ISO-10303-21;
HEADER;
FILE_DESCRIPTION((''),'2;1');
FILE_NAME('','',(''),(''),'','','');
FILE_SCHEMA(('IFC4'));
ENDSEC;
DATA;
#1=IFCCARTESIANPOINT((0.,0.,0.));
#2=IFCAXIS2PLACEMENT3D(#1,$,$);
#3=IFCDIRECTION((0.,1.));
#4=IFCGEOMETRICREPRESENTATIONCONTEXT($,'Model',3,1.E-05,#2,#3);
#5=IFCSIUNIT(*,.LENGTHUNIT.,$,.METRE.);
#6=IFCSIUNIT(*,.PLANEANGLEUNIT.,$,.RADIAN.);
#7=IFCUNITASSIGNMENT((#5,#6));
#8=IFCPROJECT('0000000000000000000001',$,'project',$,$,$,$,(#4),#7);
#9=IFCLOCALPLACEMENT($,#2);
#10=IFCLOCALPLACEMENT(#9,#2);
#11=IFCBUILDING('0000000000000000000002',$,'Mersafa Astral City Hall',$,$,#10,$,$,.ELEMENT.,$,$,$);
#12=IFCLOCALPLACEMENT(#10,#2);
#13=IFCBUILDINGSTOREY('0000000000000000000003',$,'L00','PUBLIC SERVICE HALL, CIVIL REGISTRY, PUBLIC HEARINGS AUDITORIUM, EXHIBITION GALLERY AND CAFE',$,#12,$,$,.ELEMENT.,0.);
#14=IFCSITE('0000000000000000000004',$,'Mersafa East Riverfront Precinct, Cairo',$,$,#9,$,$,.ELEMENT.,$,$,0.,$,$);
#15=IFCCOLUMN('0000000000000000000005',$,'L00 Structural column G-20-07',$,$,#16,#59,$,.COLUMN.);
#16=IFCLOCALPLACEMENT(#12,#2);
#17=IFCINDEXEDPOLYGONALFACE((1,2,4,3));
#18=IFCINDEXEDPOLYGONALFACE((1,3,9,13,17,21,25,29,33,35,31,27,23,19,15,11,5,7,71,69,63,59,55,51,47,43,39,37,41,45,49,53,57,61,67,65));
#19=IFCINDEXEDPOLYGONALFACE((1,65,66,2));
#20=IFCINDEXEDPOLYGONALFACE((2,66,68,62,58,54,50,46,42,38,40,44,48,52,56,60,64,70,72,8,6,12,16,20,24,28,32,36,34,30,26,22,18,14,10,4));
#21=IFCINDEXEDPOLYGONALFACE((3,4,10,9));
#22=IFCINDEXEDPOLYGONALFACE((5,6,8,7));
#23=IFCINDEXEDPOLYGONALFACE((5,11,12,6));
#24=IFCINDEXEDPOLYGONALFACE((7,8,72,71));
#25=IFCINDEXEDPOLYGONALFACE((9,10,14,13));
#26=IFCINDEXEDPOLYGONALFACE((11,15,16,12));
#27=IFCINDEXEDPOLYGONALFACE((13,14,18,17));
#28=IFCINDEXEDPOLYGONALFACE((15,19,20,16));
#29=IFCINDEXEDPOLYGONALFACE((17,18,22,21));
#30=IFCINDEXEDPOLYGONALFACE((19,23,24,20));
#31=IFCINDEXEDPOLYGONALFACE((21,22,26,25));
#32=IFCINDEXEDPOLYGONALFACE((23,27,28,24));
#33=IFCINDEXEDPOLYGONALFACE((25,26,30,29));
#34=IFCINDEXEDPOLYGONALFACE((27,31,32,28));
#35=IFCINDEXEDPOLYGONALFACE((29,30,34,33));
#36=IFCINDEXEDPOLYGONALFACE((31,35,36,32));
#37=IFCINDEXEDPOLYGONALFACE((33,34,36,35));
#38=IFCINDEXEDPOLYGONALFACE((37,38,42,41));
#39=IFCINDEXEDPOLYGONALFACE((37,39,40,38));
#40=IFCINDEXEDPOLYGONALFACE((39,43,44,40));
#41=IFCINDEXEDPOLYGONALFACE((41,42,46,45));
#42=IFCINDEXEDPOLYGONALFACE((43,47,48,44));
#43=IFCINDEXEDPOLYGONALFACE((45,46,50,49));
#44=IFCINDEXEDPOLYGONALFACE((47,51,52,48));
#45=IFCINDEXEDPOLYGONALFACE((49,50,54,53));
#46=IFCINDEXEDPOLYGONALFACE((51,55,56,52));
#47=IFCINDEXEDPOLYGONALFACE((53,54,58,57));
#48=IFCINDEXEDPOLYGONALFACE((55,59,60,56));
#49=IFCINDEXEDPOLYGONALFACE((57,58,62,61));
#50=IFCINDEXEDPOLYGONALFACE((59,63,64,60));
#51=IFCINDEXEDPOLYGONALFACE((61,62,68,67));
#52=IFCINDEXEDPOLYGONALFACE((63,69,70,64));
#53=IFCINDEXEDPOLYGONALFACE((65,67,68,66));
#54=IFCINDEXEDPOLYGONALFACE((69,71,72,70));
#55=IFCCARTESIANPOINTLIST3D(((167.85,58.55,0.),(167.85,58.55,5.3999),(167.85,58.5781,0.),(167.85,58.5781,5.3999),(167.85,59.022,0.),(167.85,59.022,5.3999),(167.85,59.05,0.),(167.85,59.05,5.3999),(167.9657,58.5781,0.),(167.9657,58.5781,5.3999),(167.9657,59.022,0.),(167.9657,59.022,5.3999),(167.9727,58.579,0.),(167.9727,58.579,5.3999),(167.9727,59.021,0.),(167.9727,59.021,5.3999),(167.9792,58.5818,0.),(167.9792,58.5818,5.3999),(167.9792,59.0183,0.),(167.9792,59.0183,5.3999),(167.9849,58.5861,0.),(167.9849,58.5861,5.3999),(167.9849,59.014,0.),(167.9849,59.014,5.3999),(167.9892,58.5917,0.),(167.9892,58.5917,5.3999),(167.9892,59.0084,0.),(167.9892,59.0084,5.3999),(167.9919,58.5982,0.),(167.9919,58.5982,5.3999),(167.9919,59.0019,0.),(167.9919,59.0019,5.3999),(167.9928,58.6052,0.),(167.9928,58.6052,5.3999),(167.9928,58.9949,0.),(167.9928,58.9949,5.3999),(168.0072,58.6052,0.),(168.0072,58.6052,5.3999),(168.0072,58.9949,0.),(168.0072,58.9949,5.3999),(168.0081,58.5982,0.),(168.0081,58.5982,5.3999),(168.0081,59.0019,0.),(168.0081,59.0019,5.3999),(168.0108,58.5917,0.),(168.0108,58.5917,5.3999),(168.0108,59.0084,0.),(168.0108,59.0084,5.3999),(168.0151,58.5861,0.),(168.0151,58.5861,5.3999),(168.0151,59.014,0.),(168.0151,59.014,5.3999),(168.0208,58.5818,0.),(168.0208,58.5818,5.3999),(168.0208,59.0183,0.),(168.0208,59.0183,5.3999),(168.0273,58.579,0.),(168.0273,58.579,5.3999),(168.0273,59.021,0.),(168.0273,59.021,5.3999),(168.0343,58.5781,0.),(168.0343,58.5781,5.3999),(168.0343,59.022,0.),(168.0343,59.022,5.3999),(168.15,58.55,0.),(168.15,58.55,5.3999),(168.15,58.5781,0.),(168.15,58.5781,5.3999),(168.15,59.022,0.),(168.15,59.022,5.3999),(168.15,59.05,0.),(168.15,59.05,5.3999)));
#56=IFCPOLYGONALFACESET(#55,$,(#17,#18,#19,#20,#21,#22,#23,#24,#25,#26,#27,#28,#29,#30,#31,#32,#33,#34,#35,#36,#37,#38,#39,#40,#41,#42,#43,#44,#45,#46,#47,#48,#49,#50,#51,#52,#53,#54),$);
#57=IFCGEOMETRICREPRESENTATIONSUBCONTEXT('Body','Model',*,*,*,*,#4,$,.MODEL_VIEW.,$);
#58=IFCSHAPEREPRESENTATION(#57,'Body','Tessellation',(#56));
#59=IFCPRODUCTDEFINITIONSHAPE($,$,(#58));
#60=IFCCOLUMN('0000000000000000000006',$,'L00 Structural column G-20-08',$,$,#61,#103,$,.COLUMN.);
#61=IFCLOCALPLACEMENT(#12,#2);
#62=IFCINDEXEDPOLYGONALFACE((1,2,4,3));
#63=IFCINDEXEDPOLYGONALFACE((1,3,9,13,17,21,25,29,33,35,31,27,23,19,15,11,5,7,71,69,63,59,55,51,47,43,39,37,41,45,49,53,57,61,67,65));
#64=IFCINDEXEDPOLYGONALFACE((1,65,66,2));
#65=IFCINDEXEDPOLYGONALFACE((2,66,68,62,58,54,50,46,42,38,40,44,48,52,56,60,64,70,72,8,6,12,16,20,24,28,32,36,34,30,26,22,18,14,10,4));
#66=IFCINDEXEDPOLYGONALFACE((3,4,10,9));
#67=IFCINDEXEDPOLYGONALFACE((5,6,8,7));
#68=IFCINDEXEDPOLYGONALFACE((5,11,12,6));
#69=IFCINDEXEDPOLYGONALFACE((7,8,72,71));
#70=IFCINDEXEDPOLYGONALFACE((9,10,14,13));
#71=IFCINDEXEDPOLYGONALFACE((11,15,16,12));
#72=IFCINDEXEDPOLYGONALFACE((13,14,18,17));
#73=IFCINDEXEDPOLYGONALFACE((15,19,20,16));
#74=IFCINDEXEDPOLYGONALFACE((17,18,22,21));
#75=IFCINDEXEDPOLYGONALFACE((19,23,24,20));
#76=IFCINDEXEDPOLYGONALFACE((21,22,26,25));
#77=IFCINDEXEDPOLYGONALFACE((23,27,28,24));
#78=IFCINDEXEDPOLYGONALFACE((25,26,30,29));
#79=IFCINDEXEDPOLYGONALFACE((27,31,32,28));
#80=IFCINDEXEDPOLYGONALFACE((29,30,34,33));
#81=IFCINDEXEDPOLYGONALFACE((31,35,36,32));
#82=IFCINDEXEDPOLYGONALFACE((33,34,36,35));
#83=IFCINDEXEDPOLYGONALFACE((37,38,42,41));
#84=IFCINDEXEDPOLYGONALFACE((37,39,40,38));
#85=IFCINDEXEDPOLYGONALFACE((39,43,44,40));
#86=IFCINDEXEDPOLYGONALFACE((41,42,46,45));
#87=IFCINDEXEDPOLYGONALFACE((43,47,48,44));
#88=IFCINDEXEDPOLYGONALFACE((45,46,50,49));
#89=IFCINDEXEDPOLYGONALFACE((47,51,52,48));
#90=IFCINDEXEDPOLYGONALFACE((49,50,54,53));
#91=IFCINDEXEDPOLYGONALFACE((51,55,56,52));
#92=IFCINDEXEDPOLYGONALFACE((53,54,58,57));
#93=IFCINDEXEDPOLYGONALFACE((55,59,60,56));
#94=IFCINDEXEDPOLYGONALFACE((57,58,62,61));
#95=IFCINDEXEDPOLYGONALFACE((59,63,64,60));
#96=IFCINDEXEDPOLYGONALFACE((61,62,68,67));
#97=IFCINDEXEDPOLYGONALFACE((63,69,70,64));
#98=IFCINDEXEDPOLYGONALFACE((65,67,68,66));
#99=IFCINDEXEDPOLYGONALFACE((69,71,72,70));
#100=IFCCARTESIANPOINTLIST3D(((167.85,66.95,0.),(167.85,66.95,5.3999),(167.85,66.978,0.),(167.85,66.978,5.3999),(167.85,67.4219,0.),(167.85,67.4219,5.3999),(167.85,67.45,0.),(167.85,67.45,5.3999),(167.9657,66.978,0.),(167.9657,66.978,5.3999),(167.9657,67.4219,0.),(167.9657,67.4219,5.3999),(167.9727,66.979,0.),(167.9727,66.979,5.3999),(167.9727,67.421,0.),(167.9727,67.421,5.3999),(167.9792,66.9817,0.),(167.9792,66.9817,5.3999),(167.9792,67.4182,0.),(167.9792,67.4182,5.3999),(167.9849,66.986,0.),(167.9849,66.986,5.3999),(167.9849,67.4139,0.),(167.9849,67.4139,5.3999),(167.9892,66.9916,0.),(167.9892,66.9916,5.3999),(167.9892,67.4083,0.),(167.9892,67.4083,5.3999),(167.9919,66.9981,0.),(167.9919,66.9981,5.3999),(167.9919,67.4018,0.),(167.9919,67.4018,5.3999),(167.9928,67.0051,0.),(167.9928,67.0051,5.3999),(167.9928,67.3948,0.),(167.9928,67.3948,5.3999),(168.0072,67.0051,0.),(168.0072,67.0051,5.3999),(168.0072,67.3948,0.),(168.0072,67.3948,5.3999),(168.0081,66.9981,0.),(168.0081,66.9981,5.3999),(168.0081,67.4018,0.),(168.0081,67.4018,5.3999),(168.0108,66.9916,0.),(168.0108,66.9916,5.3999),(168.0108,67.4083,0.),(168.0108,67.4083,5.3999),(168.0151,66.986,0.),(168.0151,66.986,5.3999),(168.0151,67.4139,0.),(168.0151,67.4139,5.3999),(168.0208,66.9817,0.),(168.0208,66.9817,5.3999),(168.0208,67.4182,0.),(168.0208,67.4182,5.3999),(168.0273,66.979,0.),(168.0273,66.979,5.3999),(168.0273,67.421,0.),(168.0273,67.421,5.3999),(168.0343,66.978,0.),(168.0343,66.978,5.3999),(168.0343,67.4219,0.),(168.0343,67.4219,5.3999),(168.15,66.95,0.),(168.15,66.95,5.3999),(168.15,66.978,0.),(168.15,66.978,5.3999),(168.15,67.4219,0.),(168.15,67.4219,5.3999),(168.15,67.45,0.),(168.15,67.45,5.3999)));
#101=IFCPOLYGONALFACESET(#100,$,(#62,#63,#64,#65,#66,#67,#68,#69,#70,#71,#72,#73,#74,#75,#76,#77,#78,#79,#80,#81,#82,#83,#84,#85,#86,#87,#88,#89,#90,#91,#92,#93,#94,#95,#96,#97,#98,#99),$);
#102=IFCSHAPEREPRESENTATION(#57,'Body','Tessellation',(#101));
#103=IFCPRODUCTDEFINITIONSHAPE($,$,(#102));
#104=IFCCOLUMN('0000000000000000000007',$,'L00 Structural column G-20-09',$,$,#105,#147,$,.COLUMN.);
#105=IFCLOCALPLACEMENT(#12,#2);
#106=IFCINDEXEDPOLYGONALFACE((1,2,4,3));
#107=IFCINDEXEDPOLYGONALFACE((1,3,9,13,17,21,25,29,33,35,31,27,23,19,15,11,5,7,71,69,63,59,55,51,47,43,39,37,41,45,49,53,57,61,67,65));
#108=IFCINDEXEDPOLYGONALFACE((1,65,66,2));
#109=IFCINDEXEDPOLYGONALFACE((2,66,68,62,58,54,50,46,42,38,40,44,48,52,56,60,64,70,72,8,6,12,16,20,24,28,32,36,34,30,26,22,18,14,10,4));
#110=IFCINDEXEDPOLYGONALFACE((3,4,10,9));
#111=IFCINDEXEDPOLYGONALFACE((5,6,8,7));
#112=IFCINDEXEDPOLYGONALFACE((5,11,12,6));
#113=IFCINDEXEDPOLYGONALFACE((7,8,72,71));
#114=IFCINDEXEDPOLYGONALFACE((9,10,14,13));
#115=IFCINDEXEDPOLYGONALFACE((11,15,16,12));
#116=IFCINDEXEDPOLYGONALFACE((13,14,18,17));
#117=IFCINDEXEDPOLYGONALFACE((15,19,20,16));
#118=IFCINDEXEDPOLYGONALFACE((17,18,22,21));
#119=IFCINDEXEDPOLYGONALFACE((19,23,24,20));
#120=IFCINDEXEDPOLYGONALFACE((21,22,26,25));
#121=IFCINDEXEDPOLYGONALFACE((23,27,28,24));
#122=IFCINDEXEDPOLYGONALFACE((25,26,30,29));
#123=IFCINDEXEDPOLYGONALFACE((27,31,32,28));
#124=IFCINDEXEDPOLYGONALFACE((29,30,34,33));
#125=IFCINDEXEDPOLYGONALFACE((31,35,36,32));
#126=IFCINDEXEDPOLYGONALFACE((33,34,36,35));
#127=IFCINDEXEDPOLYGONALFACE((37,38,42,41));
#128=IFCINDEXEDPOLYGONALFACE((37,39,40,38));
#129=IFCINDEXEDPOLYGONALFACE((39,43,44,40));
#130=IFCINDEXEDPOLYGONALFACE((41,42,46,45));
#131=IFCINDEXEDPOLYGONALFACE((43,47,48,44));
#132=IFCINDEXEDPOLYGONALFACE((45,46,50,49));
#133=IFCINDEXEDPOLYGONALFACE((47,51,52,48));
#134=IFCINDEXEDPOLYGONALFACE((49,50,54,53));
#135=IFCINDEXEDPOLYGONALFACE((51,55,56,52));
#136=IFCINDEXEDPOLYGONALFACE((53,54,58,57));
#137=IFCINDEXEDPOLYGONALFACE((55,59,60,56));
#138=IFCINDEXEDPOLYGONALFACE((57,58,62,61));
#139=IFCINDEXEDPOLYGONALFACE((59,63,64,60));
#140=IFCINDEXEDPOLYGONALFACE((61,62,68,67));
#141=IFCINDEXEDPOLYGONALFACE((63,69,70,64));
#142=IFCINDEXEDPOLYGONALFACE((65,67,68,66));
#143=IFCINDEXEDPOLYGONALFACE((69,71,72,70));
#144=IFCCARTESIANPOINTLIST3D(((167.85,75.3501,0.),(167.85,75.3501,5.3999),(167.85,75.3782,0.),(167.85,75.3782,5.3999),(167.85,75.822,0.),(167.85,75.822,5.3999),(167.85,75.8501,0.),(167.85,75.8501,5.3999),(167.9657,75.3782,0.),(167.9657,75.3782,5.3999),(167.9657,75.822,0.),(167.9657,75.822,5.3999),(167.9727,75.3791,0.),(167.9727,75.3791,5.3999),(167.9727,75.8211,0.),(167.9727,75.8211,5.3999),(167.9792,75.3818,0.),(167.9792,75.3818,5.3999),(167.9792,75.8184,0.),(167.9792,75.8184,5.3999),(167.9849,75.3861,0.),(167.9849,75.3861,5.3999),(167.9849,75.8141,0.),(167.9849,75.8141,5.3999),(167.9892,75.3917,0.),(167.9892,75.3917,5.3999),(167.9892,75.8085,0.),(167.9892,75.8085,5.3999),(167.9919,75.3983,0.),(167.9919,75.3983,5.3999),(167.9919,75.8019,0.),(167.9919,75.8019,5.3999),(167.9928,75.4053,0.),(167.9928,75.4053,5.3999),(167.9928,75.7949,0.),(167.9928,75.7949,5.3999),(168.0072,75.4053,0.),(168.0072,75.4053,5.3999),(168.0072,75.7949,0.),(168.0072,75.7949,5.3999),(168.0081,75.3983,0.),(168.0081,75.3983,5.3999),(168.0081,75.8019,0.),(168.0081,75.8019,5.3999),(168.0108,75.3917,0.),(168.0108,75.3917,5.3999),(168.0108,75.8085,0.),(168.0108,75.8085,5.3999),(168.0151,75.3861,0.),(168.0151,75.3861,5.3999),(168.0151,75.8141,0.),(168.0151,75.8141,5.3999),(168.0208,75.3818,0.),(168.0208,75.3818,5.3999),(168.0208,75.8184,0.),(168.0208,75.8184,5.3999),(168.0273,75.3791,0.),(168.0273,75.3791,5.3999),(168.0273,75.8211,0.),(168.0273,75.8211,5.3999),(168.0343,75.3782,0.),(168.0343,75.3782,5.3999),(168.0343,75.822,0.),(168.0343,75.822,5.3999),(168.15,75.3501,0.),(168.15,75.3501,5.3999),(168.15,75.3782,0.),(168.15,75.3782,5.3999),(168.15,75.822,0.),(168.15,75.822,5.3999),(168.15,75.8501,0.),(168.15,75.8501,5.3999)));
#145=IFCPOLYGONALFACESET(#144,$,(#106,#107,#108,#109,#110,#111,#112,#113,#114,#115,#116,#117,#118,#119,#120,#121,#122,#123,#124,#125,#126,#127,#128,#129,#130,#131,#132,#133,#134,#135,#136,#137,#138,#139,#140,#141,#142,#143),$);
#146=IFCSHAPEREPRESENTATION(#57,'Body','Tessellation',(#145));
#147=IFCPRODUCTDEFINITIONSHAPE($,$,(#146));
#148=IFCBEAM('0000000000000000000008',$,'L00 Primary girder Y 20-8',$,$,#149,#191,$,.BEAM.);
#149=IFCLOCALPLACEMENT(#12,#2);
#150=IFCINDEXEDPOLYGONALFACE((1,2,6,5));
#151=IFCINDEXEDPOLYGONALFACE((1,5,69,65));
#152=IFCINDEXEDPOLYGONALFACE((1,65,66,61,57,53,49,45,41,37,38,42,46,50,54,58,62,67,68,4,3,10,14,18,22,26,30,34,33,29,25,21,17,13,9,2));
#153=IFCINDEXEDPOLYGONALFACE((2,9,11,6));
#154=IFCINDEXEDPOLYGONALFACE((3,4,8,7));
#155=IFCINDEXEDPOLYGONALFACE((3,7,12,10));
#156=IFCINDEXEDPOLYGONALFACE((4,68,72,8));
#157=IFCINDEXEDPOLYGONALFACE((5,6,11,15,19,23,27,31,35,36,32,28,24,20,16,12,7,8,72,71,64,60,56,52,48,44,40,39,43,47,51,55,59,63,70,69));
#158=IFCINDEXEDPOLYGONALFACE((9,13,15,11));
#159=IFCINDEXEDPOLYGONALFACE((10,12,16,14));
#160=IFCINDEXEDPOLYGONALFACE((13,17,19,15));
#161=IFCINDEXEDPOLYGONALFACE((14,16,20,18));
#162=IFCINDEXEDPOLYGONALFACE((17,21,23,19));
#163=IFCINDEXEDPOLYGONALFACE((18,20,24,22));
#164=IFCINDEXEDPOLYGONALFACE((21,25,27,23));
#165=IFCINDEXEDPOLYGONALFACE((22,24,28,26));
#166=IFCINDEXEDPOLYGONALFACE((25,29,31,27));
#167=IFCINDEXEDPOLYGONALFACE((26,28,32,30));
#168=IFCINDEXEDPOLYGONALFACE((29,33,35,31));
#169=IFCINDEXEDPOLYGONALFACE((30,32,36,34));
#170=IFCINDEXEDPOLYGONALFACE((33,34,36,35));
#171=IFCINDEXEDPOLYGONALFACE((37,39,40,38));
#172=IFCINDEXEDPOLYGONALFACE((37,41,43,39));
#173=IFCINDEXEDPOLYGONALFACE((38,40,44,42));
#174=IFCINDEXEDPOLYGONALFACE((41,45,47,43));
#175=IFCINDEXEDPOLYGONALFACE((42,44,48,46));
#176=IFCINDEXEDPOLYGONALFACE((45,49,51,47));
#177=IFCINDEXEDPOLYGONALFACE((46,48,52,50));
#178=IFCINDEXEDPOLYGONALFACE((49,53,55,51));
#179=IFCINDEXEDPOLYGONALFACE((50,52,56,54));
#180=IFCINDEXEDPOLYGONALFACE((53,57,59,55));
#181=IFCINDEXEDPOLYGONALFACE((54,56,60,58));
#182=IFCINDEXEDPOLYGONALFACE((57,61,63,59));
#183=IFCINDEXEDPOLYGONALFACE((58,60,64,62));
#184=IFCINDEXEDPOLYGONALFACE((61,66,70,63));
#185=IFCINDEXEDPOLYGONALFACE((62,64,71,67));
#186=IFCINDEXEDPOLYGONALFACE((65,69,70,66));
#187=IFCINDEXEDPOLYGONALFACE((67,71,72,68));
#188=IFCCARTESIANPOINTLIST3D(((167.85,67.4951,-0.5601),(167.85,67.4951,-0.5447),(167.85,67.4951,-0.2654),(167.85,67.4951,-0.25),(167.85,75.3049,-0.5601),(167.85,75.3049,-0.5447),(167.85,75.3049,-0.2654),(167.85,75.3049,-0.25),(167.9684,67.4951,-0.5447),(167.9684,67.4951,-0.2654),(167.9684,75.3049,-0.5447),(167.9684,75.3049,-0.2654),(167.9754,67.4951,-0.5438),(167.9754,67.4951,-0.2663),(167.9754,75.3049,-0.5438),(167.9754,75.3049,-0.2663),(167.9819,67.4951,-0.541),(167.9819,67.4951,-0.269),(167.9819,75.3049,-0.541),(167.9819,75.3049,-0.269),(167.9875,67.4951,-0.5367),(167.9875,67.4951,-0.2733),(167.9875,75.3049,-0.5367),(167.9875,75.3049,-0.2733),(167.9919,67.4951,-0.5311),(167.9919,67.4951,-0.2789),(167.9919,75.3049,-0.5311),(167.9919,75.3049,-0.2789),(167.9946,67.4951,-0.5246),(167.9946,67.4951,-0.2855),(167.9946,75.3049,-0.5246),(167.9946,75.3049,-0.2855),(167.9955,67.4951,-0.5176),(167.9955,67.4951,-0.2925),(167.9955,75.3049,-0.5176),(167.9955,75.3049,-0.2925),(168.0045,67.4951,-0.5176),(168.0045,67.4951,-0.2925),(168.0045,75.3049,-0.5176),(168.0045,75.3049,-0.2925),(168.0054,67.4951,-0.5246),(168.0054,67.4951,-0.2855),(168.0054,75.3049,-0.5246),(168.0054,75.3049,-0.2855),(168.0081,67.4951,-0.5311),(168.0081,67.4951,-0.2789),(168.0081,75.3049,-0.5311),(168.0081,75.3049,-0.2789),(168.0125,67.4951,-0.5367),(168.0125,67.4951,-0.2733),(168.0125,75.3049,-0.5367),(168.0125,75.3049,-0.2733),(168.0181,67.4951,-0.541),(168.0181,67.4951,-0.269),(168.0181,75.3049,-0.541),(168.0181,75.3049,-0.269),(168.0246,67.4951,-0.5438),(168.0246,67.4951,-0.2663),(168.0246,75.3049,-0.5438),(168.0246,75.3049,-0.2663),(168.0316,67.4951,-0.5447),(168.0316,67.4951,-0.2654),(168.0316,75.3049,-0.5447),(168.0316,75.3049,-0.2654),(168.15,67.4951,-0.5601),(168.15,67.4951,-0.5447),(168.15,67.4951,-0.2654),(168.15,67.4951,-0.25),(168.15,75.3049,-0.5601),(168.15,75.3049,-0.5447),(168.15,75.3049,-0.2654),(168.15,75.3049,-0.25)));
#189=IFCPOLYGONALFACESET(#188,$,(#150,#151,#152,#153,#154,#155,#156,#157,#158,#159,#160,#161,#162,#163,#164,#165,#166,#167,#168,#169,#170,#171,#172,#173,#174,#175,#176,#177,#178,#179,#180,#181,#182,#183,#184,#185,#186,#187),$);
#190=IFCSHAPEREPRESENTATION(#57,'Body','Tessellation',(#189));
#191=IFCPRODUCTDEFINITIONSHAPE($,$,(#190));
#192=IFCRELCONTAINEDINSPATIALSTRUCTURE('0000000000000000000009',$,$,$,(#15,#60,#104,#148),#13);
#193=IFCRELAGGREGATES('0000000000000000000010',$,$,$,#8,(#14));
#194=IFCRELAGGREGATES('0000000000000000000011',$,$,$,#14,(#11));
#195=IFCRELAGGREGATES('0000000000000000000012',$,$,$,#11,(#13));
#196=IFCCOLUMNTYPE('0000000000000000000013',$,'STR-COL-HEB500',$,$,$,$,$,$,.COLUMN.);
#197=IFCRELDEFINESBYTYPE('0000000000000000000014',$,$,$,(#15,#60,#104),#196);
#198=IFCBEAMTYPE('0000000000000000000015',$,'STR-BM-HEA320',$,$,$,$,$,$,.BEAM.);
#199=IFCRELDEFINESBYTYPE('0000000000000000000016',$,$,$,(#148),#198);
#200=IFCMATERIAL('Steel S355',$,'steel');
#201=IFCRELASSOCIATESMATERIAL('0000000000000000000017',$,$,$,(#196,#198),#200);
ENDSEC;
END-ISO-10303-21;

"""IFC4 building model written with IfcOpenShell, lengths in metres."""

from ifc_helpers import new_model, si_unit, direction, frame, origin, origin_2d, place, context, subcontext, project, spatial, i_section, extrude, material, material_profile, profile_set, type_object, element, save


model = new_model("IFC4")

# Units and contexts
model_context = context("Model", 3, precision=1e-05, world=origin(), true_north=direction((0.0, 1.0)))
body_context = subcontext(model_context, "Body", "Model", "MODEL_VIEW")
ifc_project = project(units=[si_unit("LENGTHUNIT", "METRE"), si_unit("PLANEANGLEUNIT", "RADIAN")], contexts=[model_context])

# Site, building, storey
site_placement = place(None, origin())
site = spatial("IfcSite", under=ifc_project, at=site_placement, Name="Mersafa East Riverfront Precinct, Cairo", CompositionType="ELEMENT", RefElevation=0.0)
building_placement = place(site_placement, origin())
building = spatial("IfcBuilding", under=site, at=building_placement, Name="Mersafa Astral City Hall", CompositionType="ELEMENT")
storey_placement = place(building_placement, origin())
storey = spatial("IfcBuildingStorey", under=building, at=storey_placement, Name="L00", Description="PUBLIC SERVICE HALL, CIVIL REGISTRY, PUBLIC HEARINGS AUDITORIUM, EXHIBITION GALLERY AND CAFE", CompositionType="ELEMENT", Elevation=0.0)

# Columns
ifc_material_1 = material(Name="Steel S355", Category="steel")
ifc_material_profile_1 = material_profile(ifc_material_1, i_section(OverallWidth=0.3, OverallDepth=0.5, WebThickness=0.0144, FlangeThickness=0.0281, FilletRadius=0.0271, at=origin_2d()), Name="HEB 500")
ifc_profile_set_1 = profile_set([ifc_material_profile_1], Name="Steel S355")
column_type = type_object("IfcColumnType", Name="STR-COL-HEB500", PredefinedType="COLUMN", material=ifc_profile_set_1)
for number, where, z_axis, x_axis, name in (
    (1, (168.0, 58.8, 0.0), (0.0, 0.0, 1.0), (1.0, 0.0, 0.0), "L00 Structural column G-20-07"),
    (2, (168.0, 67.2, 0.0), (0.0, 0.0, 1.0), (1.0, 0.0, 0.0), "L00 Structural column G-20-08"),
    (3, (168.0, 75.6001, 0.0), (0.0, 0.0, 1.0), (1.0, 0.0, 0.0), "L00 Structural column G-20-09"),
):
    element("IfcColumn", number, at=place(storey_placement, frame(where, z_axis=z_axis, x_axis=x_axis)), inside=storey, type_object=column_type, Name=name, PredefinedType="COLUMN", context=body_context, shape_type="SweptSolid", body=[
        extrude(i_section(OverallWidth=0.3, OverallDepth=0.5, WebThickness=0.0144, FlangeThickness=0.0281, FilletRadius=0.0271, at=origin_2d()), origin(), (0.0, 0.0, 1.0), 5.3999),
    ])

# Beam
ifc_material_profile_2 = material_profile(ifc_material_1, i_section(OverallWidth=0.3, OverallDepth=0.3101, WebThickness=0.009, FlangeThickness=0.0154, FilletRadius=0.0271, at=origin_2d()), Name="HEA 320")
ifc_profile_set_2 = profile_set([ifc_material_profile_2], Name="Steel S355")
beam_type_1 = type_object("IfcBeamType", Name="STR-BM-HEA320", PredefinedType="BEAM", material=ifc_profile_set_2)
beam_1_placement = place(storey_placement, frame((168.0, 67.4951, -0.405), z_axis=(0.0, 1.0, 0.0), x_axis=(-1.0, 0.0, 0.0)))
element("IfcBeam", 4, at=beam_1_placement, inside=storey, type_object=beam_type_1, Name="L00 Primary girder Y 20-8", PredefinedType="BEAM", context=body_context, shape_type="SweptSolid", body=[
    extrude(i_section(OverallWidth=0.3, OverallDepth=0.3101, WebThickness=0.009, FlangeThickness=0.0154, FilletRadius=0.0271, at=origin_2d()), origin(), (0.0, 0.0, 1.0), 7.8098),
])

save(model, "model.ifc")
